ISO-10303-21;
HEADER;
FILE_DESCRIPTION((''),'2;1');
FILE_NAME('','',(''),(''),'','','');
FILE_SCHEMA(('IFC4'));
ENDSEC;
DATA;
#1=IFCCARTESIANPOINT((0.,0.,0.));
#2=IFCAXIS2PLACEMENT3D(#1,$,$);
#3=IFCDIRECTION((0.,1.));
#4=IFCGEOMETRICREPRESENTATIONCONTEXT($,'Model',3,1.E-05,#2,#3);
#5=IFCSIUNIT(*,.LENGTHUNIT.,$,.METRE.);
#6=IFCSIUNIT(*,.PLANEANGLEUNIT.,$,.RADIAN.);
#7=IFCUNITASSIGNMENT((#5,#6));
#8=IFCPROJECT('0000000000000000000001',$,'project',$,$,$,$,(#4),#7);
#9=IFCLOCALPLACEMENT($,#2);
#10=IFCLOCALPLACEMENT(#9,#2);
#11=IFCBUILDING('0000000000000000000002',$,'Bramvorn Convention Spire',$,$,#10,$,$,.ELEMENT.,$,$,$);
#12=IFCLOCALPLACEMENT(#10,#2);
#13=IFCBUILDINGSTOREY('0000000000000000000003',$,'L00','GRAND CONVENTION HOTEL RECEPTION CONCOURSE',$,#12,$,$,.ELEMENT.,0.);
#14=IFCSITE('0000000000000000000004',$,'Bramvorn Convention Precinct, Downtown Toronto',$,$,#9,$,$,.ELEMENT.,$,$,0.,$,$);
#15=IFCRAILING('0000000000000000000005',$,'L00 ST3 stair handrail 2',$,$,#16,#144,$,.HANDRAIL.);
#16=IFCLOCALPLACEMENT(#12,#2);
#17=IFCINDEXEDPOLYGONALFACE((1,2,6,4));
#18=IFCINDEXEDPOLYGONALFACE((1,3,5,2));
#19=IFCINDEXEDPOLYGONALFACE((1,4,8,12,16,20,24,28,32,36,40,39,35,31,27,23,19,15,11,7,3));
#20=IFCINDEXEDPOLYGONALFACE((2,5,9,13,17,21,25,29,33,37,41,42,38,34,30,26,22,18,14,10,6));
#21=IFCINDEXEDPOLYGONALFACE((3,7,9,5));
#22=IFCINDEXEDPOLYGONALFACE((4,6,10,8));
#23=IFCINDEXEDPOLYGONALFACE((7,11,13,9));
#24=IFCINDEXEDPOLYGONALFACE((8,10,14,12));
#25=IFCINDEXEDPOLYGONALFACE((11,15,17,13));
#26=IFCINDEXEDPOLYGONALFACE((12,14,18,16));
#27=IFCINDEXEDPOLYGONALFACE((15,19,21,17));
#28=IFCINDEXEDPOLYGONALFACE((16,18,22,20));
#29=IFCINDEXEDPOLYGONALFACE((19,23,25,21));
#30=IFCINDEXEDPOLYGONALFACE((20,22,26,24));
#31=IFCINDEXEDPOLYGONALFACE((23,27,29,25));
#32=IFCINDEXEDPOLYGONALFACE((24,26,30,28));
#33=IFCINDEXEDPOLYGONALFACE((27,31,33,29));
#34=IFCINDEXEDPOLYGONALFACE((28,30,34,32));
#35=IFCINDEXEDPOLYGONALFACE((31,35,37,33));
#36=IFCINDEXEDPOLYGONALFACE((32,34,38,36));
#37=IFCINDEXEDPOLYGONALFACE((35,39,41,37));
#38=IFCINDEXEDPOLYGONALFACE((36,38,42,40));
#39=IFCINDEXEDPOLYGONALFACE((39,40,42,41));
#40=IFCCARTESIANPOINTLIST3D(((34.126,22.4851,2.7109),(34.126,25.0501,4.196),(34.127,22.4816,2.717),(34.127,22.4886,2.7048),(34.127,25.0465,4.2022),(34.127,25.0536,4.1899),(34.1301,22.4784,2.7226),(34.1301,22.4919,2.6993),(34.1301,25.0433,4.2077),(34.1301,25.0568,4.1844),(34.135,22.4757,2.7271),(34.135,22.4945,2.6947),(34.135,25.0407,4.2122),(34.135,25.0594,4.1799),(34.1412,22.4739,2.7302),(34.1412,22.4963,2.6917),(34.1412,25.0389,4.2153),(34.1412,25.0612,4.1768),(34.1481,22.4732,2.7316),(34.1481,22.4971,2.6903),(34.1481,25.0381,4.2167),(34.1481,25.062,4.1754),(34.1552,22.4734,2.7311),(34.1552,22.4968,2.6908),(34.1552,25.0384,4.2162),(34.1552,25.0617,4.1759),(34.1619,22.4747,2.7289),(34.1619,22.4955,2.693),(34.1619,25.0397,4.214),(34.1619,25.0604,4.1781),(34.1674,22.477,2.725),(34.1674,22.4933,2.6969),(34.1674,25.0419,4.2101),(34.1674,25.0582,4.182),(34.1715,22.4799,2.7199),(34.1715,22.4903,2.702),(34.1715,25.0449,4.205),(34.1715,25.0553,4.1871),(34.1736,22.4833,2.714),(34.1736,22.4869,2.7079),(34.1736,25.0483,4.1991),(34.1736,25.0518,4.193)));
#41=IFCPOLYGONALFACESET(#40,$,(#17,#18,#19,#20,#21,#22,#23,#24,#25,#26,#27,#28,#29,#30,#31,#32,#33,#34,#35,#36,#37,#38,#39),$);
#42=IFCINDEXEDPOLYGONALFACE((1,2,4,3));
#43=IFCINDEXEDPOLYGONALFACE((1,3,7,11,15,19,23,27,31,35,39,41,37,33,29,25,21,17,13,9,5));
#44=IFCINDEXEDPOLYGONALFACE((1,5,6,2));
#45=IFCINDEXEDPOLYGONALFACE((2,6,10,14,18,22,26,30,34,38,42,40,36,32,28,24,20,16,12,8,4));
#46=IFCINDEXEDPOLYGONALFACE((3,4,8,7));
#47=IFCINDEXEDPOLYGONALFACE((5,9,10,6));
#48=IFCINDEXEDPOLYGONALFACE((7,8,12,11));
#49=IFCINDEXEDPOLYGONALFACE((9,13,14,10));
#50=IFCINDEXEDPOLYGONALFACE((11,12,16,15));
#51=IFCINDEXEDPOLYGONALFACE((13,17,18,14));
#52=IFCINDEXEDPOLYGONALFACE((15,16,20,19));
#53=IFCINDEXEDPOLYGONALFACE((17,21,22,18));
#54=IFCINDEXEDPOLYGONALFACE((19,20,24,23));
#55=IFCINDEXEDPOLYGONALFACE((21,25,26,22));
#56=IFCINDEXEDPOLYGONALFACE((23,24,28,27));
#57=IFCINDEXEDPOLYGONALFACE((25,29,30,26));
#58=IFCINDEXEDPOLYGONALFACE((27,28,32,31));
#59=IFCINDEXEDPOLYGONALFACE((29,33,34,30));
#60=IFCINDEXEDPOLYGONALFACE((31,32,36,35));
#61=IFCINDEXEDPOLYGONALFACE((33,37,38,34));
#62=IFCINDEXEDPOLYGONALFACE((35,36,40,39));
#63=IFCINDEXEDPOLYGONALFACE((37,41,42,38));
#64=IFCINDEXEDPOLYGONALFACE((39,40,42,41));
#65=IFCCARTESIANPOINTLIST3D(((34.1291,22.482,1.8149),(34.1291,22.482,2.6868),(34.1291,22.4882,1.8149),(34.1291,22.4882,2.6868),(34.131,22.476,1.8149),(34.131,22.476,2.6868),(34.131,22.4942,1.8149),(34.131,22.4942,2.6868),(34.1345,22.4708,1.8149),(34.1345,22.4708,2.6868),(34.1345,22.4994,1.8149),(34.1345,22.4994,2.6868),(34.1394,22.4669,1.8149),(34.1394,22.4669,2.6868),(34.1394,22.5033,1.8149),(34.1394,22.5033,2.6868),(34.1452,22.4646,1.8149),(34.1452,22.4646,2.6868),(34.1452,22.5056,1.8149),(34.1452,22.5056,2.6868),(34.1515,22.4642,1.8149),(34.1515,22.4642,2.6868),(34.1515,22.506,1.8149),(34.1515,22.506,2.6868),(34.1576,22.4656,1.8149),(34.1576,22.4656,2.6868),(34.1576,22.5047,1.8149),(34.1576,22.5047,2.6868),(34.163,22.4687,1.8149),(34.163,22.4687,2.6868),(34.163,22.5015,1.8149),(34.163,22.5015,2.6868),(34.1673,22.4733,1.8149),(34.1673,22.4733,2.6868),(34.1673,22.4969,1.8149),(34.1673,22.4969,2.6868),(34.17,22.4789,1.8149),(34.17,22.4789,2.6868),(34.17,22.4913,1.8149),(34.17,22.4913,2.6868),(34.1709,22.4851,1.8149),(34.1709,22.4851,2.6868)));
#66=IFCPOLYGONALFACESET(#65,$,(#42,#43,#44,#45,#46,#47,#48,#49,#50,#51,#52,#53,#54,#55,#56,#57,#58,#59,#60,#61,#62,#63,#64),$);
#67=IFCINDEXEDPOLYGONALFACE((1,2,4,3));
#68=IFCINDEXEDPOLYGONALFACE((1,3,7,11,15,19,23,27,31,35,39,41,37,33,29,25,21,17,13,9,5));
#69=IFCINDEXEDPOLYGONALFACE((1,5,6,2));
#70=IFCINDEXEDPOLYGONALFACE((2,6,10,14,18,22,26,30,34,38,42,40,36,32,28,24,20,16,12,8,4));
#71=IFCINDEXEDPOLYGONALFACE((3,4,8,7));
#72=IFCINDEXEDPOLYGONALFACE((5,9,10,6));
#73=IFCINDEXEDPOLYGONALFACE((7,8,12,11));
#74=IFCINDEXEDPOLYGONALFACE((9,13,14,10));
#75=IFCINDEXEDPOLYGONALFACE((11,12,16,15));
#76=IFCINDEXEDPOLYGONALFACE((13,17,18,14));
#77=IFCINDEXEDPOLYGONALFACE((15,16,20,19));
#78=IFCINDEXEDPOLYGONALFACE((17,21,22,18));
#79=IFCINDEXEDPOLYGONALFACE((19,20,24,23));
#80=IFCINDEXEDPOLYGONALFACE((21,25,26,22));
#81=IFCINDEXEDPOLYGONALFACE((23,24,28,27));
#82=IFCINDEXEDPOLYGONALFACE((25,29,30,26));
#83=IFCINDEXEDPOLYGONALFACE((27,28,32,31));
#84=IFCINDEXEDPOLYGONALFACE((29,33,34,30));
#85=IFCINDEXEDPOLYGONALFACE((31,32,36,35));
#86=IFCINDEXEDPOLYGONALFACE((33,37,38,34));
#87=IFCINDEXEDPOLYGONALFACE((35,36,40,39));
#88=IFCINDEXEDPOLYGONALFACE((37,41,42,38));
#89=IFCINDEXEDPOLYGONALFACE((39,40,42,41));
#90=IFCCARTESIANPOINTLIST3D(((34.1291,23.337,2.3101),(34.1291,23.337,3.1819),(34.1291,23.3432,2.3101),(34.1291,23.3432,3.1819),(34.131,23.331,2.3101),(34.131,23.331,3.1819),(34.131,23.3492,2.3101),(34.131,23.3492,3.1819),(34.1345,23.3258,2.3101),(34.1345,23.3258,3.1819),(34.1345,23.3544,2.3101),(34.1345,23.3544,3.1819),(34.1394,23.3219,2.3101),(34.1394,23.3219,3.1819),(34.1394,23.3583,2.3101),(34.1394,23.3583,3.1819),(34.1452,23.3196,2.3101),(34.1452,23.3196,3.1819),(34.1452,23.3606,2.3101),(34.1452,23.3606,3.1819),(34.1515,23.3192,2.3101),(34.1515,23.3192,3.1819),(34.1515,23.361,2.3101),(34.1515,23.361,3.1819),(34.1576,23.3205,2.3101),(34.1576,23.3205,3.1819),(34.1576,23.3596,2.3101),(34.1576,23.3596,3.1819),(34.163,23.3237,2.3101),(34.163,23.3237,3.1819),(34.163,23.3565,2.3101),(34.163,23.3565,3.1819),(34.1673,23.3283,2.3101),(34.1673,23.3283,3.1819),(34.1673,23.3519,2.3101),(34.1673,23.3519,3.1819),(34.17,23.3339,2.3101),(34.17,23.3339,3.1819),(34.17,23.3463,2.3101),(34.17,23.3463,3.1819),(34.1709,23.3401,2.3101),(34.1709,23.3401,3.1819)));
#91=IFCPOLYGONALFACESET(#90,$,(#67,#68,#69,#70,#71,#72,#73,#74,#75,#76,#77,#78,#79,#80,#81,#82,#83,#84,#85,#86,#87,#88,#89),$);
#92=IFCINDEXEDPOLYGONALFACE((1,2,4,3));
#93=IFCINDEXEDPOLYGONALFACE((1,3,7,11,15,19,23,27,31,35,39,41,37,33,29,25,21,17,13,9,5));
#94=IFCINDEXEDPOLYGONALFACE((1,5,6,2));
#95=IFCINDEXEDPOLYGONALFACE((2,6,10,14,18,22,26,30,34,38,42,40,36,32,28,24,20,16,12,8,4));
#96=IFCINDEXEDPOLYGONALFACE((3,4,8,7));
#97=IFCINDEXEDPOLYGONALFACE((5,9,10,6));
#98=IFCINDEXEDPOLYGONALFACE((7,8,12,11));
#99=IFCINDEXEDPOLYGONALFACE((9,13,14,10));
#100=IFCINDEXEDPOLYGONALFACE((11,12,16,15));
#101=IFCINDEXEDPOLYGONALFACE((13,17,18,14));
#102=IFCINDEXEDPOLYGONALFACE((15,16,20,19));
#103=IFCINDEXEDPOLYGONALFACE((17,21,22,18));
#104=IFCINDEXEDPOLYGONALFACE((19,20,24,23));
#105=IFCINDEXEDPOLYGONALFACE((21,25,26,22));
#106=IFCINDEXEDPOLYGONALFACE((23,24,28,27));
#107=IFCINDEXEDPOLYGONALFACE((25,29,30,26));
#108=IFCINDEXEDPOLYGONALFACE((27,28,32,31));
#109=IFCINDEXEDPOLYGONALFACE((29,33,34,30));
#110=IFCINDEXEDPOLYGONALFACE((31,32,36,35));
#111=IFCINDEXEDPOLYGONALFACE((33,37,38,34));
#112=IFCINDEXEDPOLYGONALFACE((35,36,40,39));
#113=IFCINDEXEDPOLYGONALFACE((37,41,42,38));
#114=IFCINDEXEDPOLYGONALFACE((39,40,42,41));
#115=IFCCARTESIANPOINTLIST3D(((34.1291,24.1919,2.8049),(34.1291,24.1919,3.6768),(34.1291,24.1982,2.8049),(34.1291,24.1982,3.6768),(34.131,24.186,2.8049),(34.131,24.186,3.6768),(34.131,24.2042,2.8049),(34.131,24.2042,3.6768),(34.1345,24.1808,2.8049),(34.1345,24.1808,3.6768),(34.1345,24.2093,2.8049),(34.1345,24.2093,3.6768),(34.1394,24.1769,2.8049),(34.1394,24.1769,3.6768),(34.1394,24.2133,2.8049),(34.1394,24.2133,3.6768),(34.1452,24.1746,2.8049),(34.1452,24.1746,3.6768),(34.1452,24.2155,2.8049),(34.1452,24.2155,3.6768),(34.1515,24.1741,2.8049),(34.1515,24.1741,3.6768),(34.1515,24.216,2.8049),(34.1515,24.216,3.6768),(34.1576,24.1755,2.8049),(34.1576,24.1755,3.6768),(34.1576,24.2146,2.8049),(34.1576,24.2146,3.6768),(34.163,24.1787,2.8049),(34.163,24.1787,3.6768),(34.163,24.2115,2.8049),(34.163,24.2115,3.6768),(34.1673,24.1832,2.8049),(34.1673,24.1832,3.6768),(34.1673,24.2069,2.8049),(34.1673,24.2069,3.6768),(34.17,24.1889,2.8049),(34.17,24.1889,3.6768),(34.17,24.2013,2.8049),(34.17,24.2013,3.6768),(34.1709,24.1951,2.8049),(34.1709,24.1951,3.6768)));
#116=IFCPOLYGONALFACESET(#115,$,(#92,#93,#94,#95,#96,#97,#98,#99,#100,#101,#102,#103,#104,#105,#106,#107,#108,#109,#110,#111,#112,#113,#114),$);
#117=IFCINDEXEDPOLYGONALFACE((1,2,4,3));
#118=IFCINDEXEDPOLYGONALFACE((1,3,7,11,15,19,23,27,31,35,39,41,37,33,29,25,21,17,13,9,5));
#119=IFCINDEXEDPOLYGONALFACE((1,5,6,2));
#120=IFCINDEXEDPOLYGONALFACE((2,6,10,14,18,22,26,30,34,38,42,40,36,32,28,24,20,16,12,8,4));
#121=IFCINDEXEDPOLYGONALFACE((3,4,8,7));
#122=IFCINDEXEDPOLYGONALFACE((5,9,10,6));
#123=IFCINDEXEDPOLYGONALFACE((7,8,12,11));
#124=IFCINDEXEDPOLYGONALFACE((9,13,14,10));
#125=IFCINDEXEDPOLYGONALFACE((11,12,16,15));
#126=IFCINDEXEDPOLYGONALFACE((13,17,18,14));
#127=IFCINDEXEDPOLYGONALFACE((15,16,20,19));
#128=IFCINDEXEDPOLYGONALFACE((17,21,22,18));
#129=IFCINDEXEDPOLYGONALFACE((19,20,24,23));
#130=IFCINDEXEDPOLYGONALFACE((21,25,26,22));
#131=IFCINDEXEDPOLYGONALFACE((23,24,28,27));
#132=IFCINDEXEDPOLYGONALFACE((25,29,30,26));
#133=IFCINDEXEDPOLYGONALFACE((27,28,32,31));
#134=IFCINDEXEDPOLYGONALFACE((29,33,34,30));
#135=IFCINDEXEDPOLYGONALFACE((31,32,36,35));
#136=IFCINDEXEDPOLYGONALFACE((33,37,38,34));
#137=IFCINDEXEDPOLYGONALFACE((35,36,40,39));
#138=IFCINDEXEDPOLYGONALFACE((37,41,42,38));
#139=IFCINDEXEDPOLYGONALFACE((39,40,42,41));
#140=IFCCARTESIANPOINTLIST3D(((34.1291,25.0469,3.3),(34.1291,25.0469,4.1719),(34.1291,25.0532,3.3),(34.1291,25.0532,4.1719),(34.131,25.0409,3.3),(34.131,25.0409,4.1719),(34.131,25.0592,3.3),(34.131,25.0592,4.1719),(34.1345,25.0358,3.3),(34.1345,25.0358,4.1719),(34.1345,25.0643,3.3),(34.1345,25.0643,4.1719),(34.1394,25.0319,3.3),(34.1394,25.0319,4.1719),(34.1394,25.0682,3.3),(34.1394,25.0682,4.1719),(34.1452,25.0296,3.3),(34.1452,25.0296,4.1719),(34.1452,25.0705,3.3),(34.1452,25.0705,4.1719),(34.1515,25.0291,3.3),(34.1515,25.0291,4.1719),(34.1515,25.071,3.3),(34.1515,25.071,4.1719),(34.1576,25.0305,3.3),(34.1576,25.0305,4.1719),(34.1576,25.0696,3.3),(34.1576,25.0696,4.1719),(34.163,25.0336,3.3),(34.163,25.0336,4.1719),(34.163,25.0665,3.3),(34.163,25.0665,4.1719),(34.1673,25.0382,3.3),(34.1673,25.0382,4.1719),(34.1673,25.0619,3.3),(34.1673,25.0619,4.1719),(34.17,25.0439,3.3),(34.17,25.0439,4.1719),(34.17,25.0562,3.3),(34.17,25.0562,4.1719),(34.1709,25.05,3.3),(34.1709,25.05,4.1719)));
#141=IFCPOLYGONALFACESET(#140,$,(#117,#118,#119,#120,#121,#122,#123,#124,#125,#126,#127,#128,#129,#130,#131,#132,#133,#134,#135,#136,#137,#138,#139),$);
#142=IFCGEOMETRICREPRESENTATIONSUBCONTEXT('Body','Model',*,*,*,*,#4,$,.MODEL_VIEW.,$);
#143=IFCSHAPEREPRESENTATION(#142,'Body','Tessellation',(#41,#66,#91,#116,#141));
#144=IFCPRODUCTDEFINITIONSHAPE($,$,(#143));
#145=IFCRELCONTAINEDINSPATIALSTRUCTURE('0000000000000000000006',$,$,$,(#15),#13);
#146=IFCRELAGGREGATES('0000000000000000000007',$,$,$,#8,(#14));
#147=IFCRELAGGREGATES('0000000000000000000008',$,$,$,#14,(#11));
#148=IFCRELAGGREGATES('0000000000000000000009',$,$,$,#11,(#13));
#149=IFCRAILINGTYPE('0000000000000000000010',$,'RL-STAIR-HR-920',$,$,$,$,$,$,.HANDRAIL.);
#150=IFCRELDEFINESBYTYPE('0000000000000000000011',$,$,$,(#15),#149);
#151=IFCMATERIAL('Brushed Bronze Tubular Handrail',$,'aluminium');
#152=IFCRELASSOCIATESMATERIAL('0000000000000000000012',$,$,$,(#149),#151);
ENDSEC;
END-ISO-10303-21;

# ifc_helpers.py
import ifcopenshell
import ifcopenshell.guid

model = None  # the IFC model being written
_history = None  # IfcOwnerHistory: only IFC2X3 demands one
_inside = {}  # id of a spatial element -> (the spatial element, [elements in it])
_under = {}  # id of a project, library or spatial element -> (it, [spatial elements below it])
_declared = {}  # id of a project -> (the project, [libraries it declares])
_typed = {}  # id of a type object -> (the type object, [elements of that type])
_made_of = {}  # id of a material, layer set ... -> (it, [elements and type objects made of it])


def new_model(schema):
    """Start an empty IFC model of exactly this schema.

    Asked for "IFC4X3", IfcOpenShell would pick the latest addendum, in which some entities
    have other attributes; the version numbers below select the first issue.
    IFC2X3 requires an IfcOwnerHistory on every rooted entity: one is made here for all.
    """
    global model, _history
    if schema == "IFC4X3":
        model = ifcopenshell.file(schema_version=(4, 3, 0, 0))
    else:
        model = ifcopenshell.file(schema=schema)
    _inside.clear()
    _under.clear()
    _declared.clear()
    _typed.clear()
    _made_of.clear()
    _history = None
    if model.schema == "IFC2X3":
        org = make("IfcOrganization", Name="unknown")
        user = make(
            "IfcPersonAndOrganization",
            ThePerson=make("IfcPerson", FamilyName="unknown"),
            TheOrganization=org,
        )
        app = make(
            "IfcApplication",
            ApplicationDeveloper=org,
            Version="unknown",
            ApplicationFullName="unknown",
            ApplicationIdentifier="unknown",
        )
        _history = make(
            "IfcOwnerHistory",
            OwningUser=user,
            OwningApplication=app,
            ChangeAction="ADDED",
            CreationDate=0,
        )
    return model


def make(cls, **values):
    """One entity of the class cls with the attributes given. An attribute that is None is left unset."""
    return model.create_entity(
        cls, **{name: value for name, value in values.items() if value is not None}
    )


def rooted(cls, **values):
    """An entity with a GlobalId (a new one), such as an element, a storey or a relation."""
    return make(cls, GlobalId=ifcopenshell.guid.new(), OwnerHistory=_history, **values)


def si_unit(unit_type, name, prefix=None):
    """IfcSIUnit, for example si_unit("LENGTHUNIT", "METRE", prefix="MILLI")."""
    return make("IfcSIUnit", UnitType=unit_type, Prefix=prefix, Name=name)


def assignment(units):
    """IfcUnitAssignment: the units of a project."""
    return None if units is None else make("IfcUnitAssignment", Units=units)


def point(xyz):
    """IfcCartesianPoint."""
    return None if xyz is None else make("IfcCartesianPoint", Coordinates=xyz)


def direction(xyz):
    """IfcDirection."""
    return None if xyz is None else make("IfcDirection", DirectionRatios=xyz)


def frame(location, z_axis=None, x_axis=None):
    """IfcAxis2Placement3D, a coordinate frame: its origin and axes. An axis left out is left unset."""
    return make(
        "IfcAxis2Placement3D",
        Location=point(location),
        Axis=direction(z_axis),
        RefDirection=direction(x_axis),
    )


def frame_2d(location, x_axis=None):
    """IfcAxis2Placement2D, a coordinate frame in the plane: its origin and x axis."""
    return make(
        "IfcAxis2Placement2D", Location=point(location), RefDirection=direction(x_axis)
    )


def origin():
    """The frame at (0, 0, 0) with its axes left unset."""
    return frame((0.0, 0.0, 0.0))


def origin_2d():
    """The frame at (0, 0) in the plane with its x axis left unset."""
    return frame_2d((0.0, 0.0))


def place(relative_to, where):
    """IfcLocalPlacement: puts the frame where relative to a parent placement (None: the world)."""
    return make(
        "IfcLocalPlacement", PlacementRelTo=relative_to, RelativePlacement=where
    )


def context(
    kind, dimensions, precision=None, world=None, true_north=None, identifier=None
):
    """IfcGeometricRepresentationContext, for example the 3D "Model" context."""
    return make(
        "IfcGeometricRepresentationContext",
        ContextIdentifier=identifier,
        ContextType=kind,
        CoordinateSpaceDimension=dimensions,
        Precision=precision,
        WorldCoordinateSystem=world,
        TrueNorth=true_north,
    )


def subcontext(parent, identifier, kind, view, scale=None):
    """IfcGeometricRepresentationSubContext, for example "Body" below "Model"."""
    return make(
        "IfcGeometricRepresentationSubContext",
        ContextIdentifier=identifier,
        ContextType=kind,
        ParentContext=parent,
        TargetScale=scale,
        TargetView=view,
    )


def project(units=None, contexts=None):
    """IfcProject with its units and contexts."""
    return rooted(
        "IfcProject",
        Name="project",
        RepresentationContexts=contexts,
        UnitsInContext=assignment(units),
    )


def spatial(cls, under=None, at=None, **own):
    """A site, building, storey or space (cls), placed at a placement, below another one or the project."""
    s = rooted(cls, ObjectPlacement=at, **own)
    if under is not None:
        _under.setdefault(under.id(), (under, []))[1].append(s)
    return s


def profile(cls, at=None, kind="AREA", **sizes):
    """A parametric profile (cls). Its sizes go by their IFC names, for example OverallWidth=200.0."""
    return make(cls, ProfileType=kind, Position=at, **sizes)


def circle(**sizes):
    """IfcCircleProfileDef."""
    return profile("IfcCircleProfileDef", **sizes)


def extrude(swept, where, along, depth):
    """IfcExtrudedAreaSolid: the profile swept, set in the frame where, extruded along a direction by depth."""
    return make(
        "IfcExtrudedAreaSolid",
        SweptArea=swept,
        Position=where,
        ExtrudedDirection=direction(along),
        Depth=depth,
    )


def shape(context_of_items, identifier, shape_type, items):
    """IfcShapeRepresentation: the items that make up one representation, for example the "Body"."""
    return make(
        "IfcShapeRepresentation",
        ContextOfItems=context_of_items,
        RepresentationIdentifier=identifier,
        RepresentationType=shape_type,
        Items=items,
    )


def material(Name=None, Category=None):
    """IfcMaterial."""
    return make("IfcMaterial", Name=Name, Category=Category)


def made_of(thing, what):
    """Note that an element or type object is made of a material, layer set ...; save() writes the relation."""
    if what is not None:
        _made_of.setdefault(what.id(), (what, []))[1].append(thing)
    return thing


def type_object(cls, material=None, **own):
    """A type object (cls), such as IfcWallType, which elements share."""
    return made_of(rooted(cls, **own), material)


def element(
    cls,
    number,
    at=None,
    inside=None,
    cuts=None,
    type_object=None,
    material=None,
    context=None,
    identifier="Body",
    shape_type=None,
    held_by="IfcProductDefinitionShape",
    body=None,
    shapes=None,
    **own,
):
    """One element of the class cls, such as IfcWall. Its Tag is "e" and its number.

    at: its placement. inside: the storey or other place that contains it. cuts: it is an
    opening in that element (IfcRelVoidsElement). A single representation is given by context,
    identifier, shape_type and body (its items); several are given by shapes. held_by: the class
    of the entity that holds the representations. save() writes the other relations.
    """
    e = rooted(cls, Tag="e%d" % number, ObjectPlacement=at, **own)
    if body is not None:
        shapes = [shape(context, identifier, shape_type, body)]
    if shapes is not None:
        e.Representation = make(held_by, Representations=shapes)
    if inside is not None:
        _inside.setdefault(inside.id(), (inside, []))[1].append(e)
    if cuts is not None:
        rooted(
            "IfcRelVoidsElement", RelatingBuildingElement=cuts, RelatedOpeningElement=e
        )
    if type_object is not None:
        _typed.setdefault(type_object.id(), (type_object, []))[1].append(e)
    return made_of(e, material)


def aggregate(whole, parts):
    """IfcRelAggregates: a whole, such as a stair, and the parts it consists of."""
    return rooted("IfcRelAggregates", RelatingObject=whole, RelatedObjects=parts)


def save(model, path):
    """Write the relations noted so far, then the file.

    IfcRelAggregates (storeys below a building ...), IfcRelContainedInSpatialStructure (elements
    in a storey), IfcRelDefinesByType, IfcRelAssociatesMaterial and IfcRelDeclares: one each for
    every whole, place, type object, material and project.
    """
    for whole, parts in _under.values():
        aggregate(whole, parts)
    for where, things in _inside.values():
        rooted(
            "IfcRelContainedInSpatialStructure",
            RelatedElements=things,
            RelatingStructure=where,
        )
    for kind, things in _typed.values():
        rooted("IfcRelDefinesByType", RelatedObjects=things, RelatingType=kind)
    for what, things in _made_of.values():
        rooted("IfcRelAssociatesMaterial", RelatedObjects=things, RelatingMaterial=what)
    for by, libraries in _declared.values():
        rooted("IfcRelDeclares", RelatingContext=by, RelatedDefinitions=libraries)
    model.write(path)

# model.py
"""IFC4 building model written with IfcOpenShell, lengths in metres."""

from ifc_helpers import new_model, si_unit, direction, frame, origin, origin_2d, place, context, subcontext, project, spatial, circle, extrude, material, type_object, element, save


model = new_model("IFC4")

# Units and contexts
model_context = context("Model", 3, precision=1e-05, world=origin(), true_north=direction((0.0, 1.0)))
body_context = subcontext(model_context, "Body", "Model", "MODEL_VIEW")
ifc_project = project(units=[si_unit("LENGTHUNIT", "METRE"), si_unit("PLANEANGLEUNIT", "RADIAN")], contexts=[model_context])

# Site, building, storey
site_placement = place(None, origin())
site = spatial("IfcSite", under=ifc_project, at=site_placement, Name="Bramvorn Convention Precinct, Downtown Toronto", CompositionType="ELEMENT", RefElevation=0.0)
building_placement = place(site_placement, origin())
building = spatial("IfcBuilding", under=site, at=building_placement, Name="Bramvorn Convention Spire", CompositionType="ELEMENT")
storey_placement = place(building_placement, origin())
storey = spatial("IfcBuildingStorey", under=building, at=storey_placement, Name="L00", Description="GRAND CONVENTION HOTEL RECEPTION CONCOURSE", CompositionType="ELEMENT", Elevation=0.0)

# Railing
ifc_material_1 = material(Name="Brushed Bronze Tubular Handrail", Category="aluminium")
railing_type_1 = type_object("IfcRailingType", Name="RL-STAIR-HR-920", PredefinedType="HANDRAIL", material=ifc_material_1)
railing_1_placement = place(storey_placement, frame((34.1499, 22.4851, 1.8149)))
element("IfcRailing", 1, at=railing_1_placement, inside=storey, type_object=railing_type_1, Name="L00 ST3 stair handrail 2", PredefinedType="HANDRAIL", context=body_context, shape_type="SweptSolid", body=[
    extrude(circle(Radius=0.0239, at=origin_2d()), frame((0.0, 0.0, 0.896), z_axis=(0.0, 0.865406, 0.501072), x_axis=(-1.0, 0.0, 0.0)), (0.0, 0.0, 1.0), 2.9639),
    extrude(circle(Radius=0.021, at=origin_2d()), origin(), (0.0, 0.0, 1.0), 0.8718),
    extrude(circle(Radius=0.021, at=origin_2d()), frame((0.0, 0.855, 0.4951)), (0.0, 0.0, 1.0), 0.8718),
    extrude(circle(Radius=0.021, at=origin_2d()), frame((0.0, 1.71, 0.99)), (0.0, 0.0, 1.0), 0.8718),
    extrude(circle(Radius=0.021, at=origin_2d()), frame((0.0, 2.5649, 1.4851)), (0.0, 0.0, 1.0), 0.8718),
])

save(model, "model.ifc")
